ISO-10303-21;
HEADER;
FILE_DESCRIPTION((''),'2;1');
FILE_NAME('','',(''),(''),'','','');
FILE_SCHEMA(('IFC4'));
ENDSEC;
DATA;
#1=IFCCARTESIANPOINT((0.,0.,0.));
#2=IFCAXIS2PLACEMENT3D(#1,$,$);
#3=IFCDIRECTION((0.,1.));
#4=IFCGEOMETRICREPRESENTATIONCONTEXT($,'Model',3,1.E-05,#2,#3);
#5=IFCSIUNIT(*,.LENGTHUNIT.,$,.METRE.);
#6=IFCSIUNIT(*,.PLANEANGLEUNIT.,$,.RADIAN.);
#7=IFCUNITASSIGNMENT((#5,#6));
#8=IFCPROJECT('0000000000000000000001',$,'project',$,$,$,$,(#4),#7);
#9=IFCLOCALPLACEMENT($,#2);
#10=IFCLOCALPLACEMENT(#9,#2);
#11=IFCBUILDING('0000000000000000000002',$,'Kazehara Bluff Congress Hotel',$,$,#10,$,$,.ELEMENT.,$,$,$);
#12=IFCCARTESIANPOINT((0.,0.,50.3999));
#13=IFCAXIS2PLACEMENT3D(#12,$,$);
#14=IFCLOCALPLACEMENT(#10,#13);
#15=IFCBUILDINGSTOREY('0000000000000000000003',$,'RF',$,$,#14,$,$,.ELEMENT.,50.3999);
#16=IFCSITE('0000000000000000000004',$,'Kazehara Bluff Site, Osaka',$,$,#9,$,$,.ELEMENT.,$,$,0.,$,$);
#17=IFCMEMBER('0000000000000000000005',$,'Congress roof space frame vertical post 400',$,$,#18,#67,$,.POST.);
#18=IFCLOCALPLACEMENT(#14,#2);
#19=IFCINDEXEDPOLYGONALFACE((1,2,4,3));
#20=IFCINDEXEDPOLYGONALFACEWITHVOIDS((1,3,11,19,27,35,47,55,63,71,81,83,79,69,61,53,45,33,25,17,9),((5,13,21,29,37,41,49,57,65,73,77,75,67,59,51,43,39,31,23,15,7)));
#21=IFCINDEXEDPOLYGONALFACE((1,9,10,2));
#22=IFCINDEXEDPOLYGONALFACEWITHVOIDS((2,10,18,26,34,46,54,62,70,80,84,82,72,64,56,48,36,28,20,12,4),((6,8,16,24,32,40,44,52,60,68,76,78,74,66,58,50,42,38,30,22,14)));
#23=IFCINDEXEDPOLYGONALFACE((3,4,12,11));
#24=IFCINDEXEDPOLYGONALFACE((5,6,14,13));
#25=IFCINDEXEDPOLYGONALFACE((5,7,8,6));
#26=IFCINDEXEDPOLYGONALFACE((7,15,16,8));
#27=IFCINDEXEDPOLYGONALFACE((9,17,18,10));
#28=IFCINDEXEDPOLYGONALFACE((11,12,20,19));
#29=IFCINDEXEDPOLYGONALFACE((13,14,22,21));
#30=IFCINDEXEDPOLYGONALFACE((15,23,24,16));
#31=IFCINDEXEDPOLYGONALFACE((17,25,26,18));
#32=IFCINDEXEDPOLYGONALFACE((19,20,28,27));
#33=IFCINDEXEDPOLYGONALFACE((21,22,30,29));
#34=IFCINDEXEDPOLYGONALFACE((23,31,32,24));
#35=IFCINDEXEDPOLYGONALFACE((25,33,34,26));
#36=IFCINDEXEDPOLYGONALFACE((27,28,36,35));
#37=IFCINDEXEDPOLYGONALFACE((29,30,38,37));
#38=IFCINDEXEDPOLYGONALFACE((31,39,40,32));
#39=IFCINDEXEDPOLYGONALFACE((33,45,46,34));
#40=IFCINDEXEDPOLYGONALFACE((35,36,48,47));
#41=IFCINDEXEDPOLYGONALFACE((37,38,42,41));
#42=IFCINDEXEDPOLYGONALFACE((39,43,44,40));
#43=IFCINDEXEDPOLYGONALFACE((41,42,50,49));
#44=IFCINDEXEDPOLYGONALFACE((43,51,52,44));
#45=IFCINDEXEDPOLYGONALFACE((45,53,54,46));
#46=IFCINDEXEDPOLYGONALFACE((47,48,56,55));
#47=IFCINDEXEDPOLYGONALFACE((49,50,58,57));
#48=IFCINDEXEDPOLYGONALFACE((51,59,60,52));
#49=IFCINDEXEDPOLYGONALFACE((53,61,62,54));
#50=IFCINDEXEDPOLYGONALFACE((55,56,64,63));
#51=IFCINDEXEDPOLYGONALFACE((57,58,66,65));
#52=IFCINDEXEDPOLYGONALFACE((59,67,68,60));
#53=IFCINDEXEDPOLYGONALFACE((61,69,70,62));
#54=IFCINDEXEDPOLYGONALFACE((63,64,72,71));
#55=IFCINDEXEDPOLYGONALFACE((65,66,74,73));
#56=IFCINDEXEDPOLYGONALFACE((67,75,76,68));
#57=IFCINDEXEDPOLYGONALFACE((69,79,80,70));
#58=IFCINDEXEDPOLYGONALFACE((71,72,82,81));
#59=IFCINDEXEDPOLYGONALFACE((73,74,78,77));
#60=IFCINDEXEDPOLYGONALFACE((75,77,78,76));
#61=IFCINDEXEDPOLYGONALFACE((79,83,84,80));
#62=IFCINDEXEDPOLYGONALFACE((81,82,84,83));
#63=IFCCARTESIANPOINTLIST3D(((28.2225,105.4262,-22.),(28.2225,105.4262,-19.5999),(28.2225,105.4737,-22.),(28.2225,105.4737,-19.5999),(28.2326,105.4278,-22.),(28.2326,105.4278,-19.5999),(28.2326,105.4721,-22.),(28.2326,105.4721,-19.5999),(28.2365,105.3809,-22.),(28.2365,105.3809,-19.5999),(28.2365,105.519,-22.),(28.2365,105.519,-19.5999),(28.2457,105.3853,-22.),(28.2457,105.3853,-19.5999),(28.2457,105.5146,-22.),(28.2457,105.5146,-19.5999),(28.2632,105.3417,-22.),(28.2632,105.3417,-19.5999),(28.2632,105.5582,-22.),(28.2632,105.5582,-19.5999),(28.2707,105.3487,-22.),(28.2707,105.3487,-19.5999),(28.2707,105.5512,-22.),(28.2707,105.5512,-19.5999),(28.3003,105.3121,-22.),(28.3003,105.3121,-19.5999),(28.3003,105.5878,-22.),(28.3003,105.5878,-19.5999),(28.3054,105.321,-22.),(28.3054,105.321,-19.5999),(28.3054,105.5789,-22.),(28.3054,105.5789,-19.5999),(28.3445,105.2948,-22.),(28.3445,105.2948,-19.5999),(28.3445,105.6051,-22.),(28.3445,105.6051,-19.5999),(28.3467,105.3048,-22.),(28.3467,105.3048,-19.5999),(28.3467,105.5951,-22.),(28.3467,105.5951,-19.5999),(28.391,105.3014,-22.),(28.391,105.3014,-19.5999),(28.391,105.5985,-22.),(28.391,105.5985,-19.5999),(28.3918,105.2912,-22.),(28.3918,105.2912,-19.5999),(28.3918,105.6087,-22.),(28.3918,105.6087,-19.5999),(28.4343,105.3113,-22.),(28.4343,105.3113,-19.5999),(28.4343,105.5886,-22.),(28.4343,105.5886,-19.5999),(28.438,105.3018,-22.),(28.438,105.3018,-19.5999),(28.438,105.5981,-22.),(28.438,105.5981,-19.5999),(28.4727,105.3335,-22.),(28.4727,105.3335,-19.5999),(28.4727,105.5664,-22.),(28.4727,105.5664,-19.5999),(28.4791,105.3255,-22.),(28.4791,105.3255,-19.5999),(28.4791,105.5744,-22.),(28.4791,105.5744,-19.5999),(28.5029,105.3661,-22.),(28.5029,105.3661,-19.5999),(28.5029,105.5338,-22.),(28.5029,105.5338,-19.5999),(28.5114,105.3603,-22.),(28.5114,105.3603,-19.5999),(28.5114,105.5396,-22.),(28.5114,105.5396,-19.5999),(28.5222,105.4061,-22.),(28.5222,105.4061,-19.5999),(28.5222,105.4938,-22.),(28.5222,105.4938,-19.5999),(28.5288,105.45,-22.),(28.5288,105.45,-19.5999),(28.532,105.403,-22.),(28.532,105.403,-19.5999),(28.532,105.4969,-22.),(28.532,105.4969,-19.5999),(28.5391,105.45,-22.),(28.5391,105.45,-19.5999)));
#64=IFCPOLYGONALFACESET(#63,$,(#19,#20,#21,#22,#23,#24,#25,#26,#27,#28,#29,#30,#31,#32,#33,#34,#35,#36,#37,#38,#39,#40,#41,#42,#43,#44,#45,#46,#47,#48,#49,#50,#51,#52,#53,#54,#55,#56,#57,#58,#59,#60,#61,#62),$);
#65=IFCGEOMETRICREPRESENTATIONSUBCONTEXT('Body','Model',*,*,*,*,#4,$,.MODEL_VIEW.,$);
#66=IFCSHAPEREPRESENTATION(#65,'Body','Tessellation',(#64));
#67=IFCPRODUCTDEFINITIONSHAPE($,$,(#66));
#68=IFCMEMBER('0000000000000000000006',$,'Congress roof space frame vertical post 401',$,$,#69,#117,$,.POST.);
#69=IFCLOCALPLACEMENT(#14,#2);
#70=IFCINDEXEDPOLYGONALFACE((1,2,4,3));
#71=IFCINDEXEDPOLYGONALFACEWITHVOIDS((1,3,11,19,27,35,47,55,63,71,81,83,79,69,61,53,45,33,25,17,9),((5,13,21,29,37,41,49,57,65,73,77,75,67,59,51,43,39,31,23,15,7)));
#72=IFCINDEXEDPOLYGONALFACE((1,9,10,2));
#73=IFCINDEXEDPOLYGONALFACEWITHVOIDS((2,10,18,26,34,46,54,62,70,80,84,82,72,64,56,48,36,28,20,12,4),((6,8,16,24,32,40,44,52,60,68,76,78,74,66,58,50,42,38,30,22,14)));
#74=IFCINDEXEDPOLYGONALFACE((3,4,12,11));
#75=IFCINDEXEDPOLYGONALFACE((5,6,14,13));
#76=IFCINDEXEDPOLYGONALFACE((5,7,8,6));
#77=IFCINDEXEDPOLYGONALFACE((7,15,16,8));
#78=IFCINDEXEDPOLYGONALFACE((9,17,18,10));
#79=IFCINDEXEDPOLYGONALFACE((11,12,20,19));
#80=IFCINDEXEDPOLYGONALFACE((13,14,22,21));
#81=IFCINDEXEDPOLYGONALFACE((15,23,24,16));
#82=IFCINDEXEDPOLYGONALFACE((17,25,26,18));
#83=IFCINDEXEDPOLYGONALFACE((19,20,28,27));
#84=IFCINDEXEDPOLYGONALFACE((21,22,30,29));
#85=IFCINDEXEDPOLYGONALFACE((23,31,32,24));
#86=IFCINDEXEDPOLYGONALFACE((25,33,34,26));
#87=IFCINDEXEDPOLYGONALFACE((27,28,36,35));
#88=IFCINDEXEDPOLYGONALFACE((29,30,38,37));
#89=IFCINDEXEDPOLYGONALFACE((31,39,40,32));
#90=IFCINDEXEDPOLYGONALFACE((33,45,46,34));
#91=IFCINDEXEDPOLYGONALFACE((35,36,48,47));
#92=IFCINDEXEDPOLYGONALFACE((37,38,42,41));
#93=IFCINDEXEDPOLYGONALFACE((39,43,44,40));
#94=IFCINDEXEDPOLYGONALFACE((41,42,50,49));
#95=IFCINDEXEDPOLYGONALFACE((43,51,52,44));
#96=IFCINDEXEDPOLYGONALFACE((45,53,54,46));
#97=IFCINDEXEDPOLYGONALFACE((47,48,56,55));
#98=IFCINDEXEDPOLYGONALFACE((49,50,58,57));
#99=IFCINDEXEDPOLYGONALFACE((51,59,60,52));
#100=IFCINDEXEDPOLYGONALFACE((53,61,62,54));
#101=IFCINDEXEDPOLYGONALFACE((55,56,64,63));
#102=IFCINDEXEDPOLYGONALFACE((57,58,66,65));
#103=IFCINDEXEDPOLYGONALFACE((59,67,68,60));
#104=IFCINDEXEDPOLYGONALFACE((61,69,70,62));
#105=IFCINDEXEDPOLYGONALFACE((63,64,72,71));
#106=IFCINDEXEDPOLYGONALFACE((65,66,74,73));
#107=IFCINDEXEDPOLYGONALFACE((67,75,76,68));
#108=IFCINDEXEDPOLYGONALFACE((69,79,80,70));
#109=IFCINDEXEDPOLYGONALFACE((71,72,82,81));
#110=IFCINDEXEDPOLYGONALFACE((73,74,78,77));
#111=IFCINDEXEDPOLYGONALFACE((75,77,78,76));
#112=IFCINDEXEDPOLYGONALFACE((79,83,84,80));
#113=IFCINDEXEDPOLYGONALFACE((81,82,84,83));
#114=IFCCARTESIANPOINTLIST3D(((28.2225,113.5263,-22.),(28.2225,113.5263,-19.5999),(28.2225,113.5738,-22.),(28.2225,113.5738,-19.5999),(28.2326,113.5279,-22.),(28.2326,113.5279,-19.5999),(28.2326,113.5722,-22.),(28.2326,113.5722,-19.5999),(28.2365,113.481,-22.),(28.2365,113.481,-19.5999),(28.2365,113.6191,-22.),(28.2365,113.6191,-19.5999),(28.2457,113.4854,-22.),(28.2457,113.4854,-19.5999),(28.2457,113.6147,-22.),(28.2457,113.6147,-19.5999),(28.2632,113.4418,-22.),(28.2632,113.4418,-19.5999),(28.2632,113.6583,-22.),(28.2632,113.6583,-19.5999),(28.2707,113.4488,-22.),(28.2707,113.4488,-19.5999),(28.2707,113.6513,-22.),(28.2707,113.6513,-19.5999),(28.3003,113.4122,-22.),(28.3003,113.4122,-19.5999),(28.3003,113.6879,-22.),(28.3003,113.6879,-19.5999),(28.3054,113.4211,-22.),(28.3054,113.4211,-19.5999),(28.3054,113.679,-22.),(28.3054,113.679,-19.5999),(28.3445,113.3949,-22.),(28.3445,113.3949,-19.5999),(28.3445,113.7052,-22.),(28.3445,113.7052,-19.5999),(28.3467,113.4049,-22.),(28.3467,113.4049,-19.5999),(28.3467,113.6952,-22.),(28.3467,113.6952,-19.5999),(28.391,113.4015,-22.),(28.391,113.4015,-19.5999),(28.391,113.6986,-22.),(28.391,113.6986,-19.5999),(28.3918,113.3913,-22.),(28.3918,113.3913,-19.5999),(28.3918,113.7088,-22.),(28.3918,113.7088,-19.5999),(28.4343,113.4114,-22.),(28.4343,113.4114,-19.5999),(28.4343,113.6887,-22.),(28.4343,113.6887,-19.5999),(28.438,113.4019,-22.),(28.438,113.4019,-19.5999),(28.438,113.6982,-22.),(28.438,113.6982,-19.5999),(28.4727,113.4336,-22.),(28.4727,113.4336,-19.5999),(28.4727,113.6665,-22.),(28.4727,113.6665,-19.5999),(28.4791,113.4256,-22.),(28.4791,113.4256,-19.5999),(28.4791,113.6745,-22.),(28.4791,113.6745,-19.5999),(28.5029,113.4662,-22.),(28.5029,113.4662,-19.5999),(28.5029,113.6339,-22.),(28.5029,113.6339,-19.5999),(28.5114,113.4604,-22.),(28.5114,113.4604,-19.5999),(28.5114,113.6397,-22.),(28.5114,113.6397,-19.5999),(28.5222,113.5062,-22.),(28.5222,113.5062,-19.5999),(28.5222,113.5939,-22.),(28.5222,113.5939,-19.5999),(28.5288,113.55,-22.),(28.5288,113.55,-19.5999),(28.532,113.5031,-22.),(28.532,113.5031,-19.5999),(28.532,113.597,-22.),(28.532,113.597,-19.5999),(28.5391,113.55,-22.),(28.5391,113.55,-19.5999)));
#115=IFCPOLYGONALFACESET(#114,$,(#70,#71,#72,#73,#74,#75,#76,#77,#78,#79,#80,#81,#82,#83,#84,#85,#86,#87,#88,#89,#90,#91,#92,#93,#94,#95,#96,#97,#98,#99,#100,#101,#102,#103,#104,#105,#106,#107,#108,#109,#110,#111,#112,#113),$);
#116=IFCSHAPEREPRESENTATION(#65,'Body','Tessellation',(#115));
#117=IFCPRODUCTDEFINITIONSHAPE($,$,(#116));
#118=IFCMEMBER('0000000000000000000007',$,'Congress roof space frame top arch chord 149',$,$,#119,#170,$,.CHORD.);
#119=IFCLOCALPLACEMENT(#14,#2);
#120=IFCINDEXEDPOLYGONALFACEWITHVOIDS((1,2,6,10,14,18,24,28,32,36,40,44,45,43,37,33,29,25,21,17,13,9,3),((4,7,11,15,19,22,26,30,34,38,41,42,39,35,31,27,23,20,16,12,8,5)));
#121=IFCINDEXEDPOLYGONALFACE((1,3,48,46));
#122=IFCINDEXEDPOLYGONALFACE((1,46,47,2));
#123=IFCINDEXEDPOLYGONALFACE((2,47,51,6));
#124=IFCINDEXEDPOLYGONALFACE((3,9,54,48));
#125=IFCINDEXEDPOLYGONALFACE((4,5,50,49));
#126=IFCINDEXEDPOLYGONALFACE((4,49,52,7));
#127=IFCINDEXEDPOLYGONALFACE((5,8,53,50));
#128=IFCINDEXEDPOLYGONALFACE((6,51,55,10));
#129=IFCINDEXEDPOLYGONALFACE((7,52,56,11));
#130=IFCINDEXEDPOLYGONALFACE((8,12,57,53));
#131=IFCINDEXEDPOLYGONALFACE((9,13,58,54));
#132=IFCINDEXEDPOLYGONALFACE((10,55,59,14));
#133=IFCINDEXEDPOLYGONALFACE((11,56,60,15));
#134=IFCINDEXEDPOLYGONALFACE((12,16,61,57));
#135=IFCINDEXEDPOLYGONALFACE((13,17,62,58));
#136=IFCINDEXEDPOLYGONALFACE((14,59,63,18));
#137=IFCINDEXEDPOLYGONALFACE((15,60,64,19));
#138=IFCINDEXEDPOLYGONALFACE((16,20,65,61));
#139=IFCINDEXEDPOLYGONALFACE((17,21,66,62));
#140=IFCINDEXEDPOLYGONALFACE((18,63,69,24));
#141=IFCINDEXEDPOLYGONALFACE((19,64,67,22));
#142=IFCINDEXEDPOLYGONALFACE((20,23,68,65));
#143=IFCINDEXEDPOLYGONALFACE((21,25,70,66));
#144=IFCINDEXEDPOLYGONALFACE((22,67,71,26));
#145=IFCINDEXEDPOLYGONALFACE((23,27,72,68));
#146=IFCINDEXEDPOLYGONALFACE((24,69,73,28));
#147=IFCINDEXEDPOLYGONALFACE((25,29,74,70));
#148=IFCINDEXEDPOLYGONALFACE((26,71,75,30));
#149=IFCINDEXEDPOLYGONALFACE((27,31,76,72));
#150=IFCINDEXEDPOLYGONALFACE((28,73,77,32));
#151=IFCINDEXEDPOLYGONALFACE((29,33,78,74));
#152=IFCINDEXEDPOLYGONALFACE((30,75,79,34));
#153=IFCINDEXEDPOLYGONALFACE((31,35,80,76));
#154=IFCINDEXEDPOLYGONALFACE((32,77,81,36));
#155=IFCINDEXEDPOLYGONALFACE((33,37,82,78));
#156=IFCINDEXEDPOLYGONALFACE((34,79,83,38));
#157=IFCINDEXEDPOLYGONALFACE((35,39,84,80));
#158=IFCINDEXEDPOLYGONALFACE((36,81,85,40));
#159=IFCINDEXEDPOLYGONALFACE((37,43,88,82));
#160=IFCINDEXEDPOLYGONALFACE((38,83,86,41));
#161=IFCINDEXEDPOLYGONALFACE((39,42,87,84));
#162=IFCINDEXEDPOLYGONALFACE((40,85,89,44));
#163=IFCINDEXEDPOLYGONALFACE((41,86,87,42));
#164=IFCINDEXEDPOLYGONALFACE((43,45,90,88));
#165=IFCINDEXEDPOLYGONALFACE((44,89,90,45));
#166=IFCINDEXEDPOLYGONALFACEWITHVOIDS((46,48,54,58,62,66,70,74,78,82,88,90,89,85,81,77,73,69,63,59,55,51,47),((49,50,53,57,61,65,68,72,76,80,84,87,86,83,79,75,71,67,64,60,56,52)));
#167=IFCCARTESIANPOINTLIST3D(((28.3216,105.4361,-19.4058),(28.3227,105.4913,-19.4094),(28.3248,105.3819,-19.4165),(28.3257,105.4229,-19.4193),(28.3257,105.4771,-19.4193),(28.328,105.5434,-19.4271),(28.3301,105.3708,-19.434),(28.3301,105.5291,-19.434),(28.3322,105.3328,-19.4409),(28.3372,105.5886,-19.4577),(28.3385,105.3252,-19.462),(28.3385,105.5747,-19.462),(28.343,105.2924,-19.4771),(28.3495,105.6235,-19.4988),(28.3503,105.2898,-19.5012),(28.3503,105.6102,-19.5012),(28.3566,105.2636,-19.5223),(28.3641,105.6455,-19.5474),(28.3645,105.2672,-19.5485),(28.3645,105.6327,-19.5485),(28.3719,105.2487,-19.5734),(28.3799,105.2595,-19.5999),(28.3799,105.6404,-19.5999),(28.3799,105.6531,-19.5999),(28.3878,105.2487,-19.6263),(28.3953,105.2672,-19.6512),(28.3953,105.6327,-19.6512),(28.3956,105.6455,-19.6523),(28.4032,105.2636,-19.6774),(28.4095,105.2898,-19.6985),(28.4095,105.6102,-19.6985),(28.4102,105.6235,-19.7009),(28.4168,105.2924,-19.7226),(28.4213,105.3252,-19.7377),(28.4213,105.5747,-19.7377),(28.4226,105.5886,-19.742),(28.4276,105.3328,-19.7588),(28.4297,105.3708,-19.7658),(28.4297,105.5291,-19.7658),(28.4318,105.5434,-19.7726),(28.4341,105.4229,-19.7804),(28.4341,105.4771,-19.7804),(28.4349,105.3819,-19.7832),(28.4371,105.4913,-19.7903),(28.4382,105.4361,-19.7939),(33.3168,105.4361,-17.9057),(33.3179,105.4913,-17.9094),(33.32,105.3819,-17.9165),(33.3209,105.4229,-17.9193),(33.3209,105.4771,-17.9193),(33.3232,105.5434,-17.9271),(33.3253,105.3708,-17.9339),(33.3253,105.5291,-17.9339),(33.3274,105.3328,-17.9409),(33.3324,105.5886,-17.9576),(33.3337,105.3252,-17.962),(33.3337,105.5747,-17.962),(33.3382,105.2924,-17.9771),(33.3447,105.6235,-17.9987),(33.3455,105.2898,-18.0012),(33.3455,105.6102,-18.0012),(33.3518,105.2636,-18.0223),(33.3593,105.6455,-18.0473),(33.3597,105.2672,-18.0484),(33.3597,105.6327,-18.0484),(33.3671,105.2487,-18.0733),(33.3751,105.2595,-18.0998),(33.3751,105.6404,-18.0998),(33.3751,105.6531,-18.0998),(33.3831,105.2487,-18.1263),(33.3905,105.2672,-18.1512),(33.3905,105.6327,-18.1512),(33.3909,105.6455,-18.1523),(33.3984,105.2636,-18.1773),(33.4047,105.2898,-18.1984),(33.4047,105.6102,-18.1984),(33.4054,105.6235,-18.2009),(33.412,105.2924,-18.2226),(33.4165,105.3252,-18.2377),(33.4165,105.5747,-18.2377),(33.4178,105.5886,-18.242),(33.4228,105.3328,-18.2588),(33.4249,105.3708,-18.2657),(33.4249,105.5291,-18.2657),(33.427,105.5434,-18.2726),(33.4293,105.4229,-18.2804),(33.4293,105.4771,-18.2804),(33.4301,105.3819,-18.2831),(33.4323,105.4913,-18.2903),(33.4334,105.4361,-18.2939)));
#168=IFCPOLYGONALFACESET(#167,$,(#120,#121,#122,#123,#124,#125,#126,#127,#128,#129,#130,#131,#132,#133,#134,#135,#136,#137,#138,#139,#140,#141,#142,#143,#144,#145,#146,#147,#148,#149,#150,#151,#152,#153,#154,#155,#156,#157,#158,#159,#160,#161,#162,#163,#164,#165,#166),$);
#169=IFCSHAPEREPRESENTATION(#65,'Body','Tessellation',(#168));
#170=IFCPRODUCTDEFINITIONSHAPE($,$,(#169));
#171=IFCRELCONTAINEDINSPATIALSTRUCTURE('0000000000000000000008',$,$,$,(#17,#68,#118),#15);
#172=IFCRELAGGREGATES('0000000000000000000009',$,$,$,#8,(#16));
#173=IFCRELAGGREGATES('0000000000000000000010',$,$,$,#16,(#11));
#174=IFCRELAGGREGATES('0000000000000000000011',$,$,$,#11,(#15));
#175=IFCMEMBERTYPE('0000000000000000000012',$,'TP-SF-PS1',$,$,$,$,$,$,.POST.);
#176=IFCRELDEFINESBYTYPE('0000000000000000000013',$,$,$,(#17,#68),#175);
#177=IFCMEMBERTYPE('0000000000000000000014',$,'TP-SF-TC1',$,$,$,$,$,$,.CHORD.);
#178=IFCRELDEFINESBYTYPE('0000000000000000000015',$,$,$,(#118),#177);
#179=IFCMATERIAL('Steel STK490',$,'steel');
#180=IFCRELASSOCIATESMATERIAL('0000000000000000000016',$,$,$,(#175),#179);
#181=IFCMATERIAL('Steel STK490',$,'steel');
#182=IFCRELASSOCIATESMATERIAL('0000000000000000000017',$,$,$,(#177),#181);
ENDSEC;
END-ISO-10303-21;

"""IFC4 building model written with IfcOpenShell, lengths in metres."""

from ifc_helpers import new_model, si_unit, direction, frame, origin, origin_2d, place, context, subcontext, project, spatial, hollow_circle, extrude, material, material_profile, profile_set, type_object, element, save


model = new_model("IFC4")

# Units and contexts
model_context = context("Model", 3, precision=1e-05, world=origin(), true_north=direction((0.0, 1.0)))
body_context = subcontext(model_context, "Body", "Model", "MODEL_VIEW")
ifc_project = project(units=[si_unit("LENGTHUNIT", "METRE"), si_unit("PLANEANGLEUNIT", "RADIAN")], contexts=[model_context])

# Site, building, storey
site_placement = place(None, origin())
site = spatial("IfcSite", under=ifc_project, at=site_placement, Name="Kazehara Bluff Site, Osaka", CompositionType="ELEMENT", RefElevation=0.0)
building_placement = place(site_placement, origin())
building = spatial("IfcBuilding", under=site, at=building_placement, Name="Kazehara Bluff Congress Hotel", CompositionType="ELEMENT")
storey_placement = place(building_placement, frame((0.0, 0.0, 50.3999)))
storey = spatial("IfcBuildingStorey", under=building, at=storey_placement, Name="RF", CompositionType="ELEMENT", Elevation=50.3999)

# Members
ifc_material_1 = material(Name="Steel STK490", Category="steel")
ifc_material_profile_1 = material_profile(ifc_material_1, hollow_circle(Radius=0.1592, WallThickness=0.0103, at=origin_2d()))
ifc_profile_set_1 = profile_set([ifc_material_profile_1], Name="Steel STK490")
member_type_1 = type_object("IfcMemberType", Name="TP-SF-PS1", PredefinedType="POST", material=ifc_profile_set_1)
for number, where, z_axis, x_axis, name in (
    (1, (28.3799, 105.45, -22.0), (0.0, 0.0, 1.0), (1.0, 0.0, 0.0), "Congress roof space frame vertical post 400"),
    (2, (28.3799, 113.55, -22.0), (0.0, 0.0, 1.0), (1.0, 0.0, 0.0), "Congress roof space frame vertical post 401"),
):
    element("IfcMember", number, at=place(storey_placement, frame(where, z_axis=z_axis, x_axis=x_axis)), inside=storey, type_object=member_type_1, Name=name, PredefinedType="POST", context=body_context, shape_type="SweptSolid", body=[
        extrude(hollow_circle(Radius=0.1592, WallThickness=0.0103, at=origin_2d()), origin(), (0.0, 0.0, 1.0), 2.4001),
    ])
ifc_material_2 = material(Name="Steel STK490", Category="steel")
ifc_material_profile_2 = material_profile(ifc_material_2, hollow_circle(Radius=0.2031, WallThickness=0.0127, at=origin_2d()))
ifc_profile_set_2 = profile_set([ifc_material_profile_2], Name="Steel STK490")
member_type_2 = type_object("IfcMemberType", Name="TP-SF-TC1", PredefinedType="CHORD", material=ifc_profile_set_2)
member_1_placement = place(storey_placement, frame((28.3799, 105.45, -19.5999), z_axis=(0.957749, 0.0, 0.287606), x_axis=(0.0, 1.0, 0.0)))
element("IfcMember", 3, at=member_1_placement, inside=storey, type_object=member_type_2, Name="Congress roof space frame top arch chord 149", PredefinedType="CHORD", context=body_context, shape_type="SweptSolid", body=[
    extrude(hollow_circle(Radius=0.2031, WallThickness=0.0127, at=origin_2d()), origin(), (0.0, 0.0, 1.0), 5.2156),
])

save(model, "model.ifc")
